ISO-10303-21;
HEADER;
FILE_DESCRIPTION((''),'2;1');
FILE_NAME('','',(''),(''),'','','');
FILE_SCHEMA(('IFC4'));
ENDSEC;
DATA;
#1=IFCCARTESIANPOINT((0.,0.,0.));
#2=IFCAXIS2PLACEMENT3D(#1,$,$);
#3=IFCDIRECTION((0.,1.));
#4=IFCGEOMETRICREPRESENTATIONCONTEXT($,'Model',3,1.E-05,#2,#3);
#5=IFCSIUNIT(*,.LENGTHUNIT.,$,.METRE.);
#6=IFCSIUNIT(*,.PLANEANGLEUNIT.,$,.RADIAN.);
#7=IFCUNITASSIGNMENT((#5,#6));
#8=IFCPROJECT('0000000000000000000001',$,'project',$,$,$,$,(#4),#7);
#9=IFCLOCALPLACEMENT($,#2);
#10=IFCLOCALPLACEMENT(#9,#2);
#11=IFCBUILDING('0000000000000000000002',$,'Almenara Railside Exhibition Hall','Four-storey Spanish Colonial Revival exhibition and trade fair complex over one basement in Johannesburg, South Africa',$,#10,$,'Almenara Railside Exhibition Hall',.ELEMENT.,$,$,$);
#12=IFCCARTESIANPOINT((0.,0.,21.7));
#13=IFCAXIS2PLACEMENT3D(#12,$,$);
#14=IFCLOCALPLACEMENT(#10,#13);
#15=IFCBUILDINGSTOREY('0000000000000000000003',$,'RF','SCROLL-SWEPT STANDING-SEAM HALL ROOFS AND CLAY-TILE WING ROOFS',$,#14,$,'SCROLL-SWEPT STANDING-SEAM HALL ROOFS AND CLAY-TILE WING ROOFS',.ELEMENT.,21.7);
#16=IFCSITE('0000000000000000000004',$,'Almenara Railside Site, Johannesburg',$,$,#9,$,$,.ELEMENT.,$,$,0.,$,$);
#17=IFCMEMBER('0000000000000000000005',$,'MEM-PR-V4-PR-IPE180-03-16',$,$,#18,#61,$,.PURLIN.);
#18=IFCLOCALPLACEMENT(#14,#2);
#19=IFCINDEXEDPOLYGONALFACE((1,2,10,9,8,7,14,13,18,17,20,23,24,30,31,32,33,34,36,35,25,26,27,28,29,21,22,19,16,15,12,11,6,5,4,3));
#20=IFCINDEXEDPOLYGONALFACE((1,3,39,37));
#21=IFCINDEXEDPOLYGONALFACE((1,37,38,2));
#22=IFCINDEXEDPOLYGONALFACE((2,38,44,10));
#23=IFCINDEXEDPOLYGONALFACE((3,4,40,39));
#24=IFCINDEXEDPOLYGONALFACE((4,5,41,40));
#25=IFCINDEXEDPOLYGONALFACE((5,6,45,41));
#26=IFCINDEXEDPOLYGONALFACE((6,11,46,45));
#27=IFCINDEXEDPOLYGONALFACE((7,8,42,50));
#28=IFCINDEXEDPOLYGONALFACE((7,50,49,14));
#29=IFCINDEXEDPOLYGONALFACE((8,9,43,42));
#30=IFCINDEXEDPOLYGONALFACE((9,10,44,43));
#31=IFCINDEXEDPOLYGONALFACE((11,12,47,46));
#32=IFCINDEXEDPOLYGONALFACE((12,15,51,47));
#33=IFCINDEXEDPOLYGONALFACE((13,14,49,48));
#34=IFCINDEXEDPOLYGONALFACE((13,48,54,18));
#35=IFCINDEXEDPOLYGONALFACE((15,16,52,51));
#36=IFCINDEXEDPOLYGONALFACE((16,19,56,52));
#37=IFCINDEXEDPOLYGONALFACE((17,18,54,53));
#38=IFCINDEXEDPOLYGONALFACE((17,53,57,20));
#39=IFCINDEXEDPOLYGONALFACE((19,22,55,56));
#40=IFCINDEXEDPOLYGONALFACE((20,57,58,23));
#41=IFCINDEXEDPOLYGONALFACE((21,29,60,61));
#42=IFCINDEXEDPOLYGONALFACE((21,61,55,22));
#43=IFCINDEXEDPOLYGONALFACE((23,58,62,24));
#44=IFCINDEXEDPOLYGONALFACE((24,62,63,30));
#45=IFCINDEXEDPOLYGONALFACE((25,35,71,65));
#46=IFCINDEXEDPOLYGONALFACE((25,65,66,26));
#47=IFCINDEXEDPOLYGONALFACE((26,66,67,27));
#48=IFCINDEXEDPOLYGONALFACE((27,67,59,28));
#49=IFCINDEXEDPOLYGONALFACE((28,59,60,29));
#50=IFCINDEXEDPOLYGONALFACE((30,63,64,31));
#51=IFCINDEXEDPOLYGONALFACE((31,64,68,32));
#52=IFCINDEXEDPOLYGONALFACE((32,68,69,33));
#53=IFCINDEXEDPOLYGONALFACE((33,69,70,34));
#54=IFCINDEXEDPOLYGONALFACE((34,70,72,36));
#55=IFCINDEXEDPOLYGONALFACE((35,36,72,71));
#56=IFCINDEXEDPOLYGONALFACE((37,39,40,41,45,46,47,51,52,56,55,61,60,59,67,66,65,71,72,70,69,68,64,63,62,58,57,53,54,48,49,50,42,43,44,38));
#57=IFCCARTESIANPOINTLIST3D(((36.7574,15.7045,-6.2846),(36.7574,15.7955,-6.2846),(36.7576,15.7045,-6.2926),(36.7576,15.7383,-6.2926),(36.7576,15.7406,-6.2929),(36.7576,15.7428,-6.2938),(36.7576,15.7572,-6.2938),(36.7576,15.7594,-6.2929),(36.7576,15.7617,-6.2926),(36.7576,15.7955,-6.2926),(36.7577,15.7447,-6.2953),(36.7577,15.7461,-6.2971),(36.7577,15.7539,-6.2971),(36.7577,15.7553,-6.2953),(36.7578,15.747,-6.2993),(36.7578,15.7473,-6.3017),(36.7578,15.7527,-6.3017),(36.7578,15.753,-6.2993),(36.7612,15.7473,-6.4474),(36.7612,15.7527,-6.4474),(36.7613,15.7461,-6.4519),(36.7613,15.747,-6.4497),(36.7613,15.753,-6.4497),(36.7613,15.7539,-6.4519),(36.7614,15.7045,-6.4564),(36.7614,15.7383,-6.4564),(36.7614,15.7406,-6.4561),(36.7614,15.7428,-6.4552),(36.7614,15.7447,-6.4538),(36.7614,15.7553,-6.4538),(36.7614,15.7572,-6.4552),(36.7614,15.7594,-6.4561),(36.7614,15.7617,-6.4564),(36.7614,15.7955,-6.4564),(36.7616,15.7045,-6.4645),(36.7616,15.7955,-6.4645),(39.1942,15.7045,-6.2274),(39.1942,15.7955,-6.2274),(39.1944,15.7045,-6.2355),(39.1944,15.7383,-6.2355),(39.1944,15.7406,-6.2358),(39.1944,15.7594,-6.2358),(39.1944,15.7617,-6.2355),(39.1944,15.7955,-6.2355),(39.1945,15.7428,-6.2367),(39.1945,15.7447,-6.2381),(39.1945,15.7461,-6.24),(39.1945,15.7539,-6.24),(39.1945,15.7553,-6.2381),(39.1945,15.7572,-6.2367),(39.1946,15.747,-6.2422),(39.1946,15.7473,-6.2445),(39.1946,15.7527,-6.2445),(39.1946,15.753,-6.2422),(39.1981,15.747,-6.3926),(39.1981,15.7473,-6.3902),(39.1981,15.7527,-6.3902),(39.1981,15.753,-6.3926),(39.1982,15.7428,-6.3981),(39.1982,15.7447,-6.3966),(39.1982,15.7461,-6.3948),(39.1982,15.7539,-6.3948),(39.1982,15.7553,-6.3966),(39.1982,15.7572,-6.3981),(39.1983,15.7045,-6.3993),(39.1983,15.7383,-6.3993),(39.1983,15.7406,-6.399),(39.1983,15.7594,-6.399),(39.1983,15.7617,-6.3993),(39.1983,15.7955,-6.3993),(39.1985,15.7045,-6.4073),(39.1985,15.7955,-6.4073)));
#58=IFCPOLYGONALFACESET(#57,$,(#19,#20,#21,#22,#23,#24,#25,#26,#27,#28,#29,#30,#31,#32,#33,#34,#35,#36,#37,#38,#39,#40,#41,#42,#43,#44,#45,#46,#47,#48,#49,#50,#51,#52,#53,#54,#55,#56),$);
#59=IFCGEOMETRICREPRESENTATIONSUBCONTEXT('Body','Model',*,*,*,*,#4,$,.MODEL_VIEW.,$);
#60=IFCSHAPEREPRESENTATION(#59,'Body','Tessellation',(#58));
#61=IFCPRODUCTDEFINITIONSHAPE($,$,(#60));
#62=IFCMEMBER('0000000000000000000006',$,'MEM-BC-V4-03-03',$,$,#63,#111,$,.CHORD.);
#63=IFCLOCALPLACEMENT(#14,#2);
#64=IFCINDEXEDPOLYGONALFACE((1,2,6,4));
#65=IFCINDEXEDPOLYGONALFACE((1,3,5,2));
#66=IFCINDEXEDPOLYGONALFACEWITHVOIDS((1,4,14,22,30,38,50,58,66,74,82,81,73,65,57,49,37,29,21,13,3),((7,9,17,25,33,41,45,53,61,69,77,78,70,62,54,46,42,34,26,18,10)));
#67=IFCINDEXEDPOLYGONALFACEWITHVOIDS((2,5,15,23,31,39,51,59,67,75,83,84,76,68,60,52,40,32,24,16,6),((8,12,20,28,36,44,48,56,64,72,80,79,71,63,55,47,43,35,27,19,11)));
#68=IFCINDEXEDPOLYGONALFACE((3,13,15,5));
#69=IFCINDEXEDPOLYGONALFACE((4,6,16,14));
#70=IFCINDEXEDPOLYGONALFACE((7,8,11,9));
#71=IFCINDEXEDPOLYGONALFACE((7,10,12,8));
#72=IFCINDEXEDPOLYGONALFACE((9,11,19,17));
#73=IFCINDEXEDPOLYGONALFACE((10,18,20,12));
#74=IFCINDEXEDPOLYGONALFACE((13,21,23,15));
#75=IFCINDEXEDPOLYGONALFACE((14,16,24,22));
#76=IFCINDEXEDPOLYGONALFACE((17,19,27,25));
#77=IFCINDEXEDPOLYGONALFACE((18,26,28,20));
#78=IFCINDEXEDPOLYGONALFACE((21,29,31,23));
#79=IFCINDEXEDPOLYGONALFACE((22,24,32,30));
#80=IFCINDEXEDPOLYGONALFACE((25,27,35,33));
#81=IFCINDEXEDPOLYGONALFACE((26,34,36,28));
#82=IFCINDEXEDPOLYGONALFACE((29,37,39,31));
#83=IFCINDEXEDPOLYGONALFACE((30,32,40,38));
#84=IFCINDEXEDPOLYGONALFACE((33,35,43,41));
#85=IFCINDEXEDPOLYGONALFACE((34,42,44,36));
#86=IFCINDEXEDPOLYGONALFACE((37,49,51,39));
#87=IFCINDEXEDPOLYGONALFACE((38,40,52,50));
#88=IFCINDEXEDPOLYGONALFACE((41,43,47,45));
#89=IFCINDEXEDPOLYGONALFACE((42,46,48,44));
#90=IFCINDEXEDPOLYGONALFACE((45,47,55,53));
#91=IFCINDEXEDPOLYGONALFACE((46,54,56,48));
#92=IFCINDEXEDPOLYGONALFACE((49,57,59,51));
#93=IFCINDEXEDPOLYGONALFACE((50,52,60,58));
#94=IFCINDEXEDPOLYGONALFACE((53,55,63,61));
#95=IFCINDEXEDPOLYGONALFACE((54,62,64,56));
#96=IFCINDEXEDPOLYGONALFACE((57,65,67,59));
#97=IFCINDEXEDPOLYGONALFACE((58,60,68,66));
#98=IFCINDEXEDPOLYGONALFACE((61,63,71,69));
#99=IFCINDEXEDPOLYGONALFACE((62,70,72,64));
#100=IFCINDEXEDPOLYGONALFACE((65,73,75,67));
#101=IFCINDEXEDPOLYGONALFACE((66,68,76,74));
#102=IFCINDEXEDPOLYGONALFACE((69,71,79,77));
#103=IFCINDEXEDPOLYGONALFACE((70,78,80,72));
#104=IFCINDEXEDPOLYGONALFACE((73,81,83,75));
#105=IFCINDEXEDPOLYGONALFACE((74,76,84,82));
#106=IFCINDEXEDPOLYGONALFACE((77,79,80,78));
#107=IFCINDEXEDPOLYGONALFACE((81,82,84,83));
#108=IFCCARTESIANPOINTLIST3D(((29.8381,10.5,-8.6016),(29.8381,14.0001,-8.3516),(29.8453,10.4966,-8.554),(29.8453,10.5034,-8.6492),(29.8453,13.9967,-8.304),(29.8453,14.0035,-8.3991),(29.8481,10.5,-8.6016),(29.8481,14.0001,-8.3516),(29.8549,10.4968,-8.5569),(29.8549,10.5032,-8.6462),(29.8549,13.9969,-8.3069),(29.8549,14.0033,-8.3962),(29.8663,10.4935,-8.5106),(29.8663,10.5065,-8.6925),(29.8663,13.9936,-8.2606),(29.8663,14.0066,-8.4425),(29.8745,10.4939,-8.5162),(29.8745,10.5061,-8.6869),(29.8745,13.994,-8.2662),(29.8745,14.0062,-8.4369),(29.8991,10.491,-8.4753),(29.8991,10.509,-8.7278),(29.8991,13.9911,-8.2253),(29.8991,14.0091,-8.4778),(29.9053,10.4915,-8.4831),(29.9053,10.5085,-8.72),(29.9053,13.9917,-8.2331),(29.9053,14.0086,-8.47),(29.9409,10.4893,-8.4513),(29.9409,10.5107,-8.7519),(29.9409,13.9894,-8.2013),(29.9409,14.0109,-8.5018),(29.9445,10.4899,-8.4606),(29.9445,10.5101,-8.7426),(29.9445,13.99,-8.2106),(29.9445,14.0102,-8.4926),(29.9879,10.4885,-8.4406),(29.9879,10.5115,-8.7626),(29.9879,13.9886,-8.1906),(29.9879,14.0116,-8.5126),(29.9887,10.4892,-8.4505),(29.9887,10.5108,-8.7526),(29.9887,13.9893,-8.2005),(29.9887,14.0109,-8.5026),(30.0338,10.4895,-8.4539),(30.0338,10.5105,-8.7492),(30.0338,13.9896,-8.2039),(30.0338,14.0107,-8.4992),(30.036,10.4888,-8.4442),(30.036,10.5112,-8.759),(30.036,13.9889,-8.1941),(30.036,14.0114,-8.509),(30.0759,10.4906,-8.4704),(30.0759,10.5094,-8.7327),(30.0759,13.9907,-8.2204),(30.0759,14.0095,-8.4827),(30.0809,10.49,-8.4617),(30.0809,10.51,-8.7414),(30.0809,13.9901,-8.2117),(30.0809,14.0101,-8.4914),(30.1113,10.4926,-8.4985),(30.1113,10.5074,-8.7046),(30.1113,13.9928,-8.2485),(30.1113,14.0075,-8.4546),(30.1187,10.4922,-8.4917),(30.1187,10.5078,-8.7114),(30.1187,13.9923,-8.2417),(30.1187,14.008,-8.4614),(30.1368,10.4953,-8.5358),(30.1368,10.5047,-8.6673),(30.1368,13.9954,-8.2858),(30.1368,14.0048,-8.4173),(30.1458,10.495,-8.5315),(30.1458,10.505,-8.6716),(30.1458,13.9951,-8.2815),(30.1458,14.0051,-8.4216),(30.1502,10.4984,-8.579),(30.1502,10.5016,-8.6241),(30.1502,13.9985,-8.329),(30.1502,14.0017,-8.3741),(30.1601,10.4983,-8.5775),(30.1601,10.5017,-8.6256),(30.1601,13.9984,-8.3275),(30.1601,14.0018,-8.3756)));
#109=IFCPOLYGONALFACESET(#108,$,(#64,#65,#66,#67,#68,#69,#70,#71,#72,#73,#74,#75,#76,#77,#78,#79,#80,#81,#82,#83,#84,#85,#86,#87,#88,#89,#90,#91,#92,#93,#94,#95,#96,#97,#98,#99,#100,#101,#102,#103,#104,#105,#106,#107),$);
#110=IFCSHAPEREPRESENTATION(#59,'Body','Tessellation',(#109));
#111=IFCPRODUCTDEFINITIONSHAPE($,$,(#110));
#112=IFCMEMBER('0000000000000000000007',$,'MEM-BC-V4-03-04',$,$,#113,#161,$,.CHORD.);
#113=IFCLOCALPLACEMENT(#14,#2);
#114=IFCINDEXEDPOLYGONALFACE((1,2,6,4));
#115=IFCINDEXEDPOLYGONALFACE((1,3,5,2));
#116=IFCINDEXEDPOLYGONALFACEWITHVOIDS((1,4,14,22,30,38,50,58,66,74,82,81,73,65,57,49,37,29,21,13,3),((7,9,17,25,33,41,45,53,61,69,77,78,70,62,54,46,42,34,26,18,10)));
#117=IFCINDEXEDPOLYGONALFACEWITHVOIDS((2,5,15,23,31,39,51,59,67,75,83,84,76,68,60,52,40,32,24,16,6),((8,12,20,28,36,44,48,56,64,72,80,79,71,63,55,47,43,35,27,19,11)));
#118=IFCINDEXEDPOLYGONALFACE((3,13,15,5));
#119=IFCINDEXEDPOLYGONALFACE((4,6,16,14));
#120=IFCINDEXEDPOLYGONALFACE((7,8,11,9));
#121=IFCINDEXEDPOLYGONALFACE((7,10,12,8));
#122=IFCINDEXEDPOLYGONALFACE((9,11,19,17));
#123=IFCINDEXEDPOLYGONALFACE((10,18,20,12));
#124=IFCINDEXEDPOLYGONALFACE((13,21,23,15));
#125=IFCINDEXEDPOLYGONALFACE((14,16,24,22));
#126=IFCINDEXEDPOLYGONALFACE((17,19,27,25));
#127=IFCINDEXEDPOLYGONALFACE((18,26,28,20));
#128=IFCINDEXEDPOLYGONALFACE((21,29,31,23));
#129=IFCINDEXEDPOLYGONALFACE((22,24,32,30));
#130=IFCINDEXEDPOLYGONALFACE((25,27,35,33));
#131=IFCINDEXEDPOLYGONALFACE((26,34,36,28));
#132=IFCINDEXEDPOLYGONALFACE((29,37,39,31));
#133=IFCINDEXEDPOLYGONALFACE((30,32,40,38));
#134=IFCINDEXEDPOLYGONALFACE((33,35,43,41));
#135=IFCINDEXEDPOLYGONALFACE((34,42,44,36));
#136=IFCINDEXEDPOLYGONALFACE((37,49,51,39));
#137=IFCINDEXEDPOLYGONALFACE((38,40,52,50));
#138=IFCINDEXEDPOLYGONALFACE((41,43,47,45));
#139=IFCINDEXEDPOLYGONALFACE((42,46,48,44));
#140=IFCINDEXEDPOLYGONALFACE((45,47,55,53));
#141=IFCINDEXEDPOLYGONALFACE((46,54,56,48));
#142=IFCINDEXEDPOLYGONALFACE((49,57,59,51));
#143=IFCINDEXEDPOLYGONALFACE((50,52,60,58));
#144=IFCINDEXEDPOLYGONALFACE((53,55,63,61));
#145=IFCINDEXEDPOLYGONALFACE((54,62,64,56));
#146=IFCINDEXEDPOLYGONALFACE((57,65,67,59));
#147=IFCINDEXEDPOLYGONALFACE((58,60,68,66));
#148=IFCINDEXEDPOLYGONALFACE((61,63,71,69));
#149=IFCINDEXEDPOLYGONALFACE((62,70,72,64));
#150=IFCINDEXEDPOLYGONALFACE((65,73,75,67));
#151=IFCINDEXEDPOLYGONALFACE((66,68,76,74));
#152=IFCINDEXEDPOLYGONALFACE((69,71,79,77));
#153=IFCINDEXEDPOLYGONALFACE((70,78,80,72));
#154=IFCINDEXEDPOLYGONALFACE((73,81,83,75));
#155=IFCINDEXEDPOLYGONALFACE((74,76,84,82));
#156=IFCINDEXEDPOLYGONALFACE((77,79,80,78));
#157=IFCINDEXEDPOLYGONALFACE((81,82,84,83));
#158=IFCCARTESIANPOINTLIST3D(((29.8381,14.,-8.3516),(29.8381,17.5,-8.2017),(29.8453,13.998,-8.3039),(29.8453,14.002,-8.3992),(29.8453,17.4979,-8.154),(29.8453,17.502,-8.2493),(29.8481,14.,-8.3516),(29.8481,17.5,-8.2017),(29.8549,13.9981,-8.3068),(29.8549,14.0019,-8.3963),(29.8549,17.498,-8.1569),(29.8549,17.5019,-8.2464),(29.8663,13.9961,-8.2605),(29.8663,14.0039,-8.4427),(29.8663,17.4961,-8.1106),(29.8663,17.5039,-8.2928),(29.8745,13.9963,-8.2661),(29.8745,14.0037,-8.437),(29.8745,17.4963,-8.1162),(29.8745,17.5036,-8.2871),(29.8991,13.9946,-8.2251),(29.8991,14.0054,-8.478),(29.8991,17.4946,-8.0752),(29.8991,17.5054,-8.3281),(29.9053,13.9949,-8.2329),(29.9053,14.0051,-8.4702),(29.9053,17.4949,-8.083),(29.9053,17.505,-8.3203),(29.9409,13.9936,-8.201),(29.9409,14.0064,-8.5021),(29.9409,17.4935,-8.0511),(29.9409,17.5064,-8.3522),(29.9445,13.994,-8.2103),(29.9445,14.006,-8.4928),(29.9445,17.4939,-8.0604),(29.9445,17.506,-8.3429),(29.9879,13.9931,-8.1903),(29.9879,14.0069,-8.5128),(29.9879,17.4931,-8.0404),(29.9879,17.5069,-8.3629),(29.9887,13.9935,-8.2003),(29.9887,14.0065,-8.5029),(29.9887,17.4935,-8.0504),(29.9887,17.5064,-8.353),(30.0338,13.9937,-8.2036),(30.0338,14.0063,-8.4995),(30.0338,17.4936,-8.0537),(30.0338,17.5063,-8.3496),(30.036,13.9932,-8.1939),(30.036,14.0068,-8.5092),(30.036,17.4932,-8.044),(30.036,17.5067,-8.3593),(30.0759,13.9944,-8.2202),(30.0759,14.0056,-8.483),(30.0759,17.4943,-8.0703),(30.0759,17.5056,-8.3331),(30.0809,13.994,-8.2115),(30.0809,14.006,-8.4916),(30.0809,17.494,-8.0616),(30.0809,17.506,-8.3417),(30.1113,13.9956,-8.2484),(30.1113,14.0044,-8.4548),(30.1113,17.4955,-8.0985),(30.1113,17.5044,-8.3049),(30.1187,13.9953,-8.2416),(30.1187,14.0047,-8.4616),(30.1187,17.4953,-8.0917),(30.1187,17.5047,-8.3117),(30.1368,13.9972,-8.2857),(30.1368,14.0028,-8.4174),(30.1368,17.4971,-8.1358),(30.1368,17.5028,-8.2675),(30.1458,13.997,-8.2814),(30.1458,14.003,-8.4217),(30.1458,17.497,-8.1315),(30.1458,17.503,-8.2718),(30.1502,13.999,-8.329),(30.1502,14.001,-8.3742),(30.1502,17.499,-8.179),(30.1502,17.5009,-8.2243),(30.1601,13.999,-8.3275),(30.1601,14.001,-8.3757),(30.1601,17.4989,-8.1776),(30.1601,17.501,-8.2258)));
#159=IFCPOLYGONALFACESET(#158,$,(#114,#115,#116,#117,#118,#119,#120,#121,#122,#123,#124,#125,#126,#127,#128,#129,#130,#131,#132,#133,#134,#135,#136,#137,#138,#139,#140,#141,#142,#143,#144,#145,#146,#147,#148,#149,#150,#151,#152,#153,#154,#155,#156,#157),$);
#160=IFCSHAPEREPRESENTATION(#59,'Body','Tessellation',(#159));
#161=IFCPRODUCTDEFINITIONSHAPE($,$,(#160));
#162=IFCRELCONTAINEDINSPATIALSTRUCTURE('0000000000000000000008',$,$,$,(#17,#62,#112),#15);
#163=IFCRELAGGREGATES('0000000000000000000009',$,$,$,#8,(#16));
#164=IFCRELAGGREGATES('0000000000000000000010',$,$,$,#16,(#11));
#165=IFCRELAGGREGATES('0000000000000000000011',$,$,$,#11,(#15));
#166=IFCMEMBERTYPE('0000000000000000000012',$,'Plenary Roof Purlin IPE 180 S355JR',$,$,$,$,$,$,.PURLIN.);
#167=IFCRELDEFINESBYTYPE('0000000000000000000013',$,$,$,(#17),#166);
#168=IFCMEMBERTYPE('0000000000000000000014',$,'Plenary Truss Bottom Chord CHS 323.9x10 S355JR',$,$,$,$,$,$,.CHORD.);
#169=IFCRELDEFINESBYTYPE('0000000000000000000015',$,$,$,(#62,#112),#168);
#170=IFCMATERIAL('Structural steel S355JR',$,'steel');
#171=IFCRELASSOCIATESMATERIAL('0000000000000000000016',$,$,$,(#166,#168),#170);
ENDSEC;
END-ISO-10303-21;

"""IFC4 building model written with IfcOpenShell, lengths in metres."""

from ifc_helpers import new_model, si_unit, direction, frame, origin, origin_2d, place, context, subcontext, project, spatial, hollow_circle, i_section, extrude, material, material_profile, profile_set, type_object, element, save


model = new_model("IFC4")

# Units and contexts
model_context = context("Model", 3, precision=1e-05, world=origin(), true_north=direction((0.0, 1.0)))
body_context = subcontext(model_context, "Body", "Model", "MODEL_VIEW")
ifc_project = project(units=[si_unit("LENGTHUNIT", "METRE"), si_unit("PLANEANGLEUNIT", "RADIAN")], contexts=[model_context])

# Site, building, storey
site_placement = place(None, origin())
site = spatial("IfcSite", under=ifc_project, at=site_placement, Name="Almenara Railside Site, Johannesburg", CompositionType="ELEMENT", RefElevation=0.0)
building_placement = place(site_placement, origin())
building = spatial("IfcBuilding", under=site, at=building_placement, Name="Almenara Railside Exhibition Hall", Description="Four-storey Spanish Colonial Revival exhibition and trade fair complex over one basement in Johannesburg, South Africa", LongName="Almenara Railside Exhibition Hall", CompositionType="ELEMENT")
storey_placement = place(building_placement, frame((0.0, 0.0, 21.7)))
storey = spatial("IfcBuildingStorey", under=building, at=storey_placement, Name="RF", Description="SCROLL-SWEPT STANDING-SEAM HALL ROOFS AND CLAY-TILE WING ROOFS", LongName="SCROLL-SWEPT STANDING-SEAM HALL ROOFS AND CLAY-TILE WING ROOFS", CompositionType="ELEMENT", Elevation=21.7)

# Members
ifc_material_1 = material(Name="Structural steel S355JR", Category="steel")
ifc_material_profile_1 = material_profile(ifc_material_1, i_section(OverallWidth=0.0911, OverallDepth=0.1799, WebThickness=0.0054, FlangeThickness=0.0081, FilletRadius=0.009, at=origin_2d()), Name="IPE 180")
ifc_profile_set_1 = profile_set([ifc_material_profile_1], Name="Structural steel S355JR")
member_type_1 = type_object("IfcMemberType", Name="Plenary Roof Purlin IPE 180 S355JR", PredefinedType="PURLIN", material=ifc_profile_set_1)
member_1_placement = place(storey_placement, frame((36.7595, 15.75, -6.3745), z_axis=(0.999725, 0.0, 0.023438), x_axis=(0.0, 1.0, 0.0)))
element("IfcMember", 1, at=member_1_placement, inside=storey, type_object=member_type_1, Name="MEM-PR-V4-PR-IPE180-03-16", PredefinedType="PURLIN", context=body_context, shape_type="SweptSolid", body=[
    extrude(i_section(OverallWidth=0.0911, OverallDepth=0.1799, WebThickness=0.0054, FlangeThickness=0.0081, FilletRadius=0.009, at=origin_2d()), origin(), (0.0, 0.0, 1.0), 2.4375),
])
ifc_material_profile_2 = material_profile(ifc_material_1, hollow_circle(Radius=0.1619, WallThickness=0.01, at=origin_2d()), Name="CHS 323.9x10")
ifc_profile_set_2 = profile_set([ifc_material_profile_2], Name="Structural steel S355JR")
member_type_2 = type_object("IfcMemberType", Name="Plenary Truss Bottom Chord CHS 323.9x10 S355JR", PredefinedType="CHORD", material=ifc_profile_set_2)
member_2_placement = place(storey_placement, frame((30.0, 10.5, -8.6016), z_axis=(0.0, 0.997459, 0.071247), x_axis=(-1.0, 0.0, 0.0)))
element("IfcMember", 2, at=member_2_placement, inside=storey, type_object=member_type_2, Name="MEM-BC-V4-03-03", PredefinedType="CHORD", context=body_context, shape_type="SweptSolid", body=[
    extrude(hollow_circle(Radius=0.1619, WallThickness=0.01, at=origin_2d()), origin(), (0.0, 0.0, 1.0), 3.509),
])
member_3_placement = place(storey_placement, frame((30.0, 14.0, -8.3516), z_axis=(0.0, 0.999084, 0.04279), x_axis=(-1.0, 0.0, 0.0)))
element("IfcMember", 3, at=member_3_placement, inside=storey, type_object=member_type_2, Name="MEM-BC-V4-03-04", PredefinedType="CHORD", context=body_context, shape_type="SweptSolid", body=[
    extrude(hollow_circle(Radius=0.1619, WallThickness=0.01, at=origin_2d()), origin(), (0.0, 0.0, 1.0), 3.5032),
])

save(model, "model.ifc")
